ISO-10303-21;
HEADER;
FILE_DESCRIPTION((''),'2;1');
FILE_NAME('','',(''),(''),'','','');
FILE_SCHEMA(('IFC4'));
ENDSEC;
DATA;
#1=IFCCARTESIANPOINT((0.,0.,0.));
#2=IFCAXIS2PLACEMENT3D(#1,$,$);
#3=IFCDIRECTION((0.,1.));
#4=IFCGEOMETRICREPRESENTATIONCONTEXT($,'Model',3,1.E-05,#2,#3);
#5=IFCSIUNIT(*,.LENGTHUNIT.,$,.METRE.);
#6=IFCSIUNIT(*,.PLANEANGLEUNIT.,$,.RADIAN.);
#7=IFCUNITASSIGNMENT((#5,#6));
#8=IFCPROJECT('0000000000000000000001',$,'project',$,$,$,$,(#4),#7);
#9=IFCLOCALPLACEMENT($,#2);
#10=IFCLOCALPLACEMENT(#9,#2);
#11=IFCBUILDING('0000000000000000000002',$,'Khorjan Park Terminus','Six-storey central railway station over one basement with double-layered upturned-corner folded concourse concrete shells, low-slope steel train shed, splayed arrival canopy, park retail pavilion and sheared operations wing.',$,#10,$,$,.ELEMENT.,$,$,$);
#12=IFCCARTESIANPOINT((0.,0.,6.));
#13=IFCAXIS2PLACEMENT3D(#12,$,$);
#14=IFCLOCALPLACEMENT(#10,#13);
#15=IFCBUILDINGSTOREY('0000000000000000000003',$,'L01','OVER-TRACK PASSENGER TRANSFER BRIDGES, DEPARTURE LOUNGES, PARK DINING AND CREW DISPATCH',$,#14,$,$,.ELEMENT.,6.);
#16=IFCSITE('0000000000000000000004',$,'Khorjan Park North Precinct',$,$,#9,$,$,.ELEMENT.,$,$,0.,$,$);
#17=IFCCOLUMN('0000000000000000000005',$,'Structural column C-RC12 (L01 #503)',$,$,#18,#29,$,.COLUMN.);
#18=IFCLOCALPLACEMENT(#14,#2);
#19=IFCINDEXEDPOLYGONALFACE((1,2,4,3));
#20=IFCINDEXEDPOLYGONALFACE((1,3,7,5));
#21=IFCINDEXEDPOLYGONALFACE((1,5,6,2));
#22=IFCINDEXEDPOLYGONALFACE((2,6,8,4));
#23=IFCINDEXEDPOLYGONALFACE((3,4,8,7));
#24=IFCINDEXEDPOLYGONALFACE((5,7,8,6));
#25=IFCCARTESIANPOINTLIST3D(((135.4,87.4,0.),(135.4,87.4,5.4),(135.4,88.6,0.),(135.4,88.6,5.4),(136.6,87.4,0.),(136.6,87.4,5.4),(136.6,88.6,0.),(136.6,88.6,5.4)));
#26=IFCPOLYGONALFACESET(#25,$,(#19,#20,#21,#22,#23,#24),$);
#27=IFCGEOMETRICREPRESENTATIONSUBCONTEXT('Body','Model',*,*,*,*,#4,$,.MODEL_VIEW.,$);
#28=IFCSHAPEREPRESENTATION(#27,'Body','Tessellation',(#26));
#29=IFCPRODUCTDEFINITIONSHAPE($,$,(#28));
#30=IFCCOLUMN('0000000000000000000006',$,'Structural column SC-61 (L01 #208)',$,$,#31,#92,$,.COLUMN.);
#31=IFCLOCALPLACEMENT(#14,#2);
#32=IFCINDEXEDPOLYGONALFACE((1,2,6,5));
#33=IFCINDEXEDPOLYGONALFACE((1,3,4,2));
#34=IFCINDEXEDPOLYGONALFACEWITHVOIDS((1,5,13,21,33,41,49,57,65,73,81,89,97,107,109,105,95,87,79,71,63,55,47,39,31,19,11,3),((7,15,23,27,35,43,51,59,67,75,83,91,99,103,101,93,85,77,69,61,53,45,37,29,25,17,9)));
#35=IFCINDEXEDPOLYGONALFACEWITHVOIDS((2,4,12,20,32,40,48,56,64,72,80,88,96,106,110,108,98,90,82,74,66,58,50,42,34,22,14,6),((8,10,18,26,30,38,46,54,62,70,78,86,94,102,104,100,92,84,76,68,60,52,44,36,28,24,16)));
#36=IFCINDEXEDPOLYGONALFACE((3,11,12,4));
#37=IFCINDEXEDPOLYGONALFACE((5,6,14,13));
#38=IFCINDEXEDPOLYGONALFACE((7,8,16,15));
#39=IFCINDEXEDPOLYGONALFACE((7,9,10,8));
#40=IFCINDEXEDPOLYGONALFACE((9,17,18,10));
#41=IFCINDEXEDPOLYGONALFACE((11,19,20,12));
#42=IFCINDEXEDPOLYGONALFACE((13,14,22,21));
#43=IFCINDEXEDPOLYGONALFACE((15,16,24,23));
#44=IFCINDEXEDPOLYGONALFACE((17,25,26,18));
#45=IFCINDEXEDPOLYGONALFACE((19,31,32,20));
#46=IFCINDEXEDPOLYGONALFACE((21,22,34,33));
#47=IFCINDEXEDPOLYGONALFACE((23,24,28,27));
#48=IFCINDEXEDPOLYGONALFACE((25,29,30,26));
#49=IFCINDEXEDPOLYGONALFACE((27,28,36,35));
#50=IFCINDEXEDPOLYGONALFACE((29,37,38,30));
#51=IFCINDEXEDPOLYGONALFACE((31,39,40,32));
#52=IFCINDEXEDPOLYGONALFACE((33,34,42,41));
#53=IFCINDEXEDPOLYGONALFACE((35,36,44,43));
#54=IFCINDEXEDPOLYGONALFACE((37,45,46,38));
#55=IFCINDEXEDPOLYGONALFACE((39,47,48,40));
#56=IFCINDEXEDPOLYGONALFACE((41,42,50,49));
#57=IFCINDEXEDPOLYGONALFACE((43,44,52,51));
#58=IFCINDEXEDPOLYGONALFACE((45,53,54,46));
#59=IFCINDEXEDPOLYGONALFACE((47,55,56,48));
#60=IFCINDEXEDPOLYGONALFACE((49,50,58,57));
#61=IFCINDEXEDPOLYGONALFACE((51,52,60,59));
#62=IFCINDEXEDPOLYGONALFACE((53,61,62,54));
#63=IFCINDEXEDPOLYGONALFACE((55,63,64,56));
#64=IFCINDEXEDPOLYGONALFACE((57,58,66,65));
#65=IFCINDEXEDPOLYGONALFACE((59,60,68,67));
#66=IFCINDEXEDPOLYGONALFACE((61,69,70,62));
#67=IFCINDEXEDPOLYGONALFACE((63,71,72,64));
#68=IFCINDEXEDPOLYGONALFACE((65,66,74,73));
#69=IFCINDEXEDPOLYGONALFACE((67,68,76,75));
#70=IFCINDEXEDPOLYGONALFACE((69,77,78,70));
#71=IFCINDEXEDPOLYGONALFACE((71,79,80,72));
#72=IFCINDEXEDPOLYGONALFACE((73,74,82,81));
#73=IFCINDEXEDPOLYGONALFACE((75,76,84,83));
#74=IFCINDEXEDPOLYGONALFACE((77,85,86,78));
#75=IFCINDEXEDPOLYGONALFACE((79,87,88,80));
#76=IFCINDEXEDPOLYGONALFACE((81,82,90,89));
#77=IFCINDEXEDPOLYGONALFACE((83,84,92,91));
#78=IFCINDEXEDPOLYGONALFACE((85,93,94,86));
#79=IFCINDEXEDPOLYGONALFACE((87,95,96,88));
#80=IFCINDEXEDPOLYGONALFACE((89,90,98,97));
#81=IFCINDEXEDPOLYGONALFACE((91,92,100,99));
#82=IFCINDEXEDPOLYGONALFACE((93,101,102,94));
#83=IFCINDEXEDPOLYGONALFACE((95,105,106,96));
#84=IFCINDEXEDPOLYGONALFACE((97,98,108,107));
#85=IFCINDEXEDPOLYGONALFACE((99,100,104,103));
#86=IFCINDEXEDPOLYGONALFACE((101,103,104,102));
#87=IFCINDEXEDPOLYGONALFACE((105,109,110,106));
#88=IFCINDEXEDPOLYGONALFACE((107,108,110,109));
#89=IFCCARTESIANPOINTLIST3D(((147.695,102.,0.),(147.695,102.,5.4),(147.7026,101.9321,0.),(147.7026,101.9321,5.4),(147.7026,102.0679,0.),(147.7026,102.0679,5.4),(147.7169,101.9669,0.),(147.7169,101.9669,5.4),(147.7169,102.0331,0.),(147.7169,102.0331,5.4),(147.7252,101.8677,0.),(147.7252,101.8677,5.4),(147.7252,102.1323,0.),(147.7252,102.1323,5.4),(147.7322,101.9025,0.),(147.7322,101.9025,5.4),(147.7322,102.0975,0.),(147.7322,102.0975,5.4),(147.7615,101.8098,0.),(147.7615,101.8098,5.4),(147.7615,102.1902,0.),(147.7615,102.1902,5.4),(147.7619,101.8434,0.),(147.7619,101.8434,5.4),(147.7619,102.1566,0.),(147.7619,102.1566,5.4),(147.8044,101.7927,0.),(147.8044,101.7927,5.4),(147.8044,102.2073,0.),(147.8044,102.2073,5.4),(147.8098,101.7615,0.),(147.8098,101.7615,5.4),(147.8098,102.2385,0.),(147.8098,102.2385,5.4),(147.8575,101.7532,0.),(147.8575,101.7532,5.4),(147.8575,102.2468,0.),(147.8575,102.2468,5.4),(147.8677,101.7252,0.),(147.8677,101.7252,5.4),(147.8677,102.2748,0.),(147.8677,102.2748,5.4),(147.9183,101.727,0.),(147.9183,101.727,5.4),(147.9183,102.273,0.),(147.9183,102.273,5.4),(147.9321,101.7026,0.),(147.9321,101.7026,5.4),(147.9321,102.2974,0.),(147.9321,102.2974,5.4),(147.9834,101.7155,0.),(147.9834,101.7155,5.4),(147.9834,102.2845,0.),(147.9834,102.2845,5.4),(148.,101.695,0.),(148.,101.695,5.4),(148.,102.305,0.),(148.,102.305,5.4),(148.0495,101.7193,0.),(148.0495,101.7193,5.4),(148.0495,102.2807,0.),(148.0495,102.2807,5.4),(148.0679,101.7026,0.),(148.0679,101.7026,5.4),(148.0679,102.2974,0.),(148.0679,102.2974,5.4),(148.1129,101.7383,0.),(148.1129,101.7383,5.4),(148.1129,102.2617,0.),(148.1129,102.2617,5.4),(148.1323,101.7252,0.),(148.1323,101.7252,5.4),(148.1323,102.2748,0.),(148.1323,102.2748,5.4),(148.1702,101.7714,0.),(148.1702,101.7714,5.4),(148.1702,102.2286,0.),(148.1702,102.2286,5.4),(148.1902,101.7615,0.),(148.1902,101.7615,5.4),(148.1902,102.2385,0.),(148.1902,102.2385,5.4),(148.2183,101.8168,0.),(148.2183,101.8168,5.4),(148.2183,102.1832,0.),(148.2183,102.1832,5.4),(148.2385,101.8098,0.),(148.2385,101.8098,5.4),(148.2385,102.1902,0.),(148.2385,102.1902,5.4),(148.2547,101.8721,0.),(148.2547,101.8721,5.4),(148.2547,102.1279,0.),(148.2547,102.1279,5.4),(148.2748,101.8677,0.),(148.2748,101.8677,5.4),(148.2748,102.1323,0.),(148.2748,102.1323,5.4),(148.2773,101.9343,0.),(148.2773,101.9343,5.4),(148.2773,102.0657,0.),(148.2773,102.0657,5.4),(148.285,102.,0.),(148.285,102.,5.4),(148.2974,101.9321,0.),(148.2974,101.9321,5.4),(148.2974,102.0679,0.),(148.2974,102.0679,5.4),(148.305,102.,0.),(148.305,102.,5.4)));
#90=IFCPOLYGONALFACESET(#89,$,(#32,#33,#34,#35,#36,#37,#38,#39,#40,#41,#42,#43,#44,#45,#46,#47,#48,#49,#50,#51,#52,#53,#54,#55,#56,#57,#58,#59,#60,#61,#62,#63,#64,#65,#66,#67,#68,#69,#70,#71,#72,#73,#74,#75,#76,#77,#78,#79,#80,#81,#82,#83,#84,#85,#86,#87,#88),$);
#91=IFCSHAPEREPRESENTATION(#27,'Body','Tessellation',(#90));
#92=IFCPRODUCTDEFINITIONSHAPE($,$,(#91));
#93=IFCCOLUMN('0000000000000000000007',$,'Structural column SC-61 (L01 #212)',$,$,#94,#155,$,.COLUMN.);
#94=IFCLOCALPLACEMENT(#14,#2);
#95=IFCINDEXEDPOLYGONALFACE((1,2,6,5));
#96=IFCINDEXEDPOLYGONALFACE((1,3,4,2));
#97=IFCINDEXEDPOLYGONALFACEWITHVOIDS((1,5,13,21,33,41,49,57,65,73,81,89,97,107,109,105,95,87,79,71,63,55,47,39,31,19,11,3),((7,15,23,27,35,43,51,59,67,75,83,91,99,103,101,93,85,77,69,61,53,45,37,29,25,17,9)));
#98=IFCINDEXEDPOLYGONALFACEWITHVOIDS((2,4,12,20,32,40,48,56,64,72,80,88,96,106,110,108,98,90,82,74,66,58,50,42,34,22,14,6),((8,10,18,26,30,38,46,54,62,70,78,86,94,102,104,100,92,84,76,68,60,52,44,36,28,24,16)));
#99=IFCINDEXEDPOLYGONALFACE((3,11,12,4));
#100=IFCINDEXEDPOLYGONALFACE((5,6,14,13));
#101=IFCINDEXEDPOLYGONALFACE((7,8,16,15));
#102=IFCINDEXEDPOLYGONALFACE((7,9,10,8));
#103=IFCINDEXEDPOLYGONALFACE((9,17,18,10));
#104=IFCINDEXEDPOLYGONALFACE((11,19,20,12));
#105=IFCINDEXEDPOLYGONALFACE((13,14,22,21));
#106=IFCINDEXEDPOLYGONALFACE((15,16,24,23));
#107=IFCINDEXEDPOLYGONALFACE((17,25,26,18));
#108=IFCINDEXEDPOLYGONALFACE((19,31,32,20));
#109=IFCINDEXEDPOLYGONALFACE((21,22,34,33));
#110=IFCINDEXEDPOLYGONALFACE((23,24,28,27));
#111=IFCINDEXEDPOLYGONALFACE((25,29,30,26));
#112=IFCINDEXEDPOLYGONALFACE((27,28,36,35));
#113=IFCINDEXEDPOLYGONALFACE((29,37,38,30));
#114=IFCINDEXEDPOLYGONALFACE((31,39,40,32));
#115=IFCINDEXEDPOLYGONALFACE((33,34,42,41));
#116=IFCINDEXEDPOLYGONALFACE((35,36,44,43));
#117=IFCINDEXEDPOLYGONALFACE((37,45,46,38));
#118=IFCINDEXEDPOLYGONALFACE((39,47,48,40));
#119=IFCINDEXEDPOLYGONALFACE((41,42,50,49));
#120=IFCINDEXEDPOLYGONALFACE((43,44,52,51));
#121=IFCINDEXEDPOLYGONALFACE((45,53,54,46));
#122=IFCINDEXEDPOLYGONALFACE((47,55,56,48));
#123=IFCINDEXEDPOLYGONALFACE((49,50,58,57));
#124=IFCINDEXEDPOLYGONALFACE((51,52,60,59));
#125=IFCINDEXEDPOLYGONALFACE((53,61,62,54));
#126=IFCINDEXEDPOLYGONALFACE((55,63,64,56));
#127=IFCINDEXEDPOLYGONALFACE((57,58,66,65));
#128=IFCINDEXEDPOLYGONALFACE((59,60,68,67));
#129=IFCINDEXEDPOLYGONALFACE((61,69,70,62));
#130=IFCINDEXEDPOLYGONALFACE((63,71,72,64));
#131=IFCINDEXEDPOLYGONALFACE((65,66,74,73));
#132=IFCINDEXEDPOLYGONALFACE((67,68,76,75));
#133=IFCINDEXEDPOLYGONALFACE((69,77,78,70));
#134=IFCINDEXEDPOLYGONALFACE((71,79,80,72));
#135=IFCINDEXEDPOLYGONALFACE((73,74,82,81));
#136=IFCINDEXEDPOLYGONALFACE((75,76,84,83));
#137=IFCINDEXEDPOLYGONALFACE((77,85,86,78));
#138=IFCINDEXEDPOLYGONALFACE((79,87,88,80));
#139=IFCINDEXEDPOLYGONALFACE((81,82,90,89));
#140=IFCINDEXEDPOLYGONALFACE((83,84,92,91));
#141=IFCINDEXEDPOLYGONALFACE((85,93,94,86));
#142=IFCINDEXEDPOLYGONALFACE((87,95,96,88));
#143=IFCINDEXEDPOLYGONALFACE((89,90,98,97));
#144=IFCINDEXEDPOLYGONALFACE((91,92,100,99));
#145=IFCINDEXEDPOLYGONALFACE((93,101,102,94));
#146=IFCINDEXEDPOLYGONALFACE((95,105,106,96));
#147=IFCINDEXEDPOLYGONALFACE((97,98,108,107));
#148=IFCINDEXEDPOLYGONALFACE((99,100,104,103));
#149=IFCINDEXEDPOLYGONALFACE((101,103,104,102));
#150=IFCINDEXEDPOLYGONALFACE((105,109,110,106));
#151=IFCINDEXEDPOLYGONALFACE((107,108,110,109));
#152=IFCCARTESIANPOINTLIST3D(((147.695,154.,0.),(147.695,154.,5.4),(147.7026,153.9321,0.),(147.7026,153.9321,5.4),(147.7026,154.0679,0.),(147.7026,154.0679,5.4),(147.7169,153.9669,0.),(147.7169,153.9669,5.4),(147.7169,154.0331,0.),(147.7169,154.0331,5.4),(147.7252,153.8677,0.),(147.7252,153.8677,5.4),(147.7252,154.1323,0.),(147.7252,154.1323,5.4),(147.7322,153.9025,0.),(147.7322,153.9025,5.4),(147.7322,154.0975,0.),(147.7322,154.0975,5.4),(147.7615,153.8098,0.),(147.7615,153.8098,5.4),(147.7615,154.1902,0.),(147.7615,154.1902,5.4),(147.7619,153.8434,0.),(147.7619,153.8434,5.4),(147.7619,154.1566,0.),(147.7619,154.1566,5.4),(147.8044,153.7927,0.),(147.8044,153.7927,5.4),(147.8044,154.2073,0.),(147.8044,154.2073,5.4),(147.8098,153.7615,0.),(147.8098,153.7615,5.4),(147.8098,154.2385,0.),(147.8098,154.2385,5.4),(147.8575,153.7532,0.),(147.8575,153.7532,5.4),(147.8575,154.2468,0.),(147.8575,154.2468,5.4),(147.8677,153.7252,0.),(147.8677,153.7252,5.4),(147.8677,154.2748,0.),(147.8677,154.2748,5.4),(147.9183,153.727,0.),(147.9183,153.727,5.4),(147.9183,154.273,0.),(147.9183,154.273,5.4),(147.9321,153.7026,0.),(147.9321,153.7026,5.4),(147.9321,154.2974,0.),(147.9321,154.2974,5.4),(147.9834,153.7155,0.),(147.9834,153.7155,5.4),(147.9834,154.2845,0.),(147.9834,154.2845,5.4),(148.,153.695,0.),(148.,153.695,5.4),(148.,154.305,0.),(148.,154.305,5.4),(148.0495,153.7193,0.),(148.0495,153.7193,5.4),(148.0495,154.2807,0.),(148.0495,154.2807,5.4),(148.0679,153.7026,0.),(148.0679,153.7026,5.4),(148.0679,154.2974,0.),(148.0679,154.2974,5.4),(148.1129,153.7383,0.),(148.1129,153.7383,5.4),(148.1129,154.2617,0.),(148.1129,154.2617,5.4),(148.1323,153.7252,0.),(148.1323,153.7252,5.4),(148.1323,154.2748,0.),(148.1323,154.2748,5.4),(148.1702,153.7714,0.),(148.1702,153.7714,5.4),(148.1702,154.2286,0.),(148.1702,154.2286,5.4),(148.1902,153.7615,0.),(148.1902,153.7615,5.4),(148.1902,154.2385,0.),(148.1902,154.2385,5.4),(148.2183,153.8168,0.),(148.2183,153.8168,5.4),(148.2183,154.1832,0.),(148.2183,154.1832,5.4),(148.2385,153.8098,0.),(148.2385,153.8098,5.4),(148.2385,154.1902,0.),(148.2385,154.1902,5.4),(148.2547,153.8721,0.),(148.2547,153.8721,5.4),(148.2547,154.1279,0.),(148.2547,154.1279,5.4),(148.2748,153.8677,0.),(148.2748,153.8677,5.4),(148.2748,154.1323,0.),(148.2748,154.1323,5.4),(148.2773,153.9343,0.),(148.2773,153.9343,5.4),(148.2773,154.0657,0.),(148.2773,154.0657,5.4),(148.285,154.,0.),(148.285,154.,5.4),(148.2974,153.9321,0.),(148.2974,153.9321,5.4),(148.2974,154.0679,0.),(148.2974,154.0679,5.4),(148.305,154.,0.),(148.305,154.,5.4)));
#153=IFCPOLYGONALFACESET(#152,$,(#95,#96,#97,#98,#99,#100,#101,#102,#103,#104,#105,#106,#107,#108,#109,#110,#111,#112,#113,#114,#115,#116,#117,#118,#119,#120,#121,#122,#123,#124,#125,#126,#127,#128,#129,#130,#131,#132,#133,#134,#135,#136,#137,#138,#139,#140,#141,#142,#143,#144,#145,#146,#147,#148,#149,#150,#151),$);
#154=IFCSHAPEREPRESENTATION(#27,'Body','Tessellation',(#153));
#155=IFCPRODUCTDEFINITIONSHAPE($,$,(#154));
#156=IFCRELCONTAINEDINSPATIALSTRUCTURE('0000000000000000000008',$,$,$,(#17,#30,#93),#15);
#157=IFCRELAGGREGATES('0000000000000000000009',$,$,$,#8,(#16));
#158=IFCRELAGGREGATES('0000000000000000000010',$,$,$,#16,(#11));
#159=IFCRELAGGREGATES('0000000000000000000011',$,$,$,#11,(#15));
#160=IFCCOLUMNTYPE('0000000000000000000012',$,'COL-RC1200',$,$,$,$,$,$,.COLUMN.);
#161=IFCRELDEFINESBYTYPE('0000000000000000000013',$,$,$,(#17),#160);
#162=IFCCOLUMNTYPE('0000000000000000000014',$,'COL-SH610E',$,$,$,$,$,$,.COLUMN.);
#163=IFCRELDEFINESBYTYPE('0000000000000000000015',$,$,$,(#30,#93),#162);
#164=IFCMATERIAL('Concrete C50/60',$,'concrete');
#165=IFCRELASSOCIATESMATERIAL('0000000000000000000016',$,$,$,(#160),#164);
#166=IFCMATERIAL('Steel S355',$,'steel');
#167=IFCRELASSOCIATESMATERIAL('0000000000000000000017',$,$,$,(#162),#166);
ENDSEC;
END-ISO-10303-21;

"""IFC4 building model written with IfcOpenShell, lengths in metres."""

from ifc_helpers import new_model, si_unit, direction, frame, origin, origin_2d, place, context, subcontext, project, spatial, rectangle, hollow_circle, extrude, material, material_profile, profile_set, type_object, element, save


model = new_model("IFC4")

# Units and contexts
model_context = context("Model", 3, precision=1e-05, world=origin(), true_north=direction((0.0, 1.0)))
body_context = subcontext(model_context, "Body", "Model", "MODEL_VIEW")
ifc_project = project(units=[si_unit("LENGTHUNIT", "METRE"), si_unit("PLANEANGLEUNIT", "RADIAN")], contexts=[model_context])

# Site, building, storey
site_placement = place(None, origin())
site = spatial("IfcSite", under=ifc_project, at=site_placement, Name="Khorjan Park North Precinct", CompositionType="ELEMENT", RefElevation=0.0)
building_placement = place(site_placement, origin())
building = spatial("IfcBuilding", under=site, at=building_placement, Name="Khorjan Park Terminus", Description="Six-storey central railway station over one basement with double-layered upturned-corner folded concourse concrete shells, low-slope steel train shed, splayed arrival canopy, park retail pavilion and sheared operations wing.", CompositionType="ELEMENT")
storey_placement = place(building_placement, frame((0.0, 0.0, 6.0)))
storey = spatial("IfcBuildingStorey", under=building, at=storey_placement, Name="L01", Description="OVER-TRACK PASSENGER TRANSFER BRIDGES, DEPARTURE LOUNGES, PARK DINING AND CREW DISPATCH", CompositionType="ELEMENT", Elevation=6.0)

# Columns
ifc_material_1 = material(Name="Concrete C50/60", Category="concrete")
ifc_material_profile_1 = material_profile(ifc_material_1, rectangle(XDim=1.2, YDim=1.2, at=origin_2d()), Name="RC 1200x1200")
ifc_profile_set_1 = profile_set([ifc_material_profile_1], Name="Concrete C50/60")
column_type_1 = type_object("IfcColumnType", Name="COL-RC1200", PredefinedType="COLUMN", material=ifc_profile_set_1)
column_placement = place(storey_placement, frame((136.0, 88.0, 0.0), z_axis=(0.0, 0.0, 1.0), x_axis=(1.0, 0.0, 0.0)))
element("IfcColumn", 1, at=column_placement, inside=storey, type_object=column_type_1, Name="Structural column C-RC12 (L01 #503)", PredefinedType="COLUMN", context=body_context, shape_type="SweptSolid", body=[
    extrude(rectangle(XDim=1.2, YDim=1.2, at=origin_2d()), origin(), (0.0, 0.0, 1.0), 5.4),
])
ifc_material_2 = material(Name="Steel S355", Category="steel")
ifc_material_profile_2 = material_profile(ifc_material_2, hollow_circle(Radius=0.305, WallThickness=0.02, at=origin_2d()), Name="CHS 610x20")
ifc_profile_set_2 = profile_set([ifc_material_profile_2], Name="Steel S355")
column_type_2 = type_object("IfcColumnType", Name="COL-SH610E", PredefinedType="COLUMN", material=ifc_profile_set_2)
for number, where, z_axis, x_axis, name in (
    (2, (148.0, 102.0, 0.0), (0.0, 0.0, 1.0), (1.0, 0.0, 0.0), "Structural column SC-61 (L01 #208)"),
    (3, (148.0, 154.0, 0.0), (0.0, 0.0, 1.0), (1.0, 0.0, 0.0), "Structural column SC-61 (L01 #212)"),
):
    element("IfcColumn", number, at=place(storey_placement, frame(where, z_axis=z_axis, x_axis=x_axis)), inside=storey, type_object=column_type_2, Name=name, PredefinedType="COLUMN", context=body_context, shape_type="SweptSolid", body=[
        extrude(hollow_circle(Radius=0.305, WallThickness=0.02, at=origin_2d()), origin(), (0.0, 0.0, 1.0), 5.4),
    ])

save(model, "model.ifc")
